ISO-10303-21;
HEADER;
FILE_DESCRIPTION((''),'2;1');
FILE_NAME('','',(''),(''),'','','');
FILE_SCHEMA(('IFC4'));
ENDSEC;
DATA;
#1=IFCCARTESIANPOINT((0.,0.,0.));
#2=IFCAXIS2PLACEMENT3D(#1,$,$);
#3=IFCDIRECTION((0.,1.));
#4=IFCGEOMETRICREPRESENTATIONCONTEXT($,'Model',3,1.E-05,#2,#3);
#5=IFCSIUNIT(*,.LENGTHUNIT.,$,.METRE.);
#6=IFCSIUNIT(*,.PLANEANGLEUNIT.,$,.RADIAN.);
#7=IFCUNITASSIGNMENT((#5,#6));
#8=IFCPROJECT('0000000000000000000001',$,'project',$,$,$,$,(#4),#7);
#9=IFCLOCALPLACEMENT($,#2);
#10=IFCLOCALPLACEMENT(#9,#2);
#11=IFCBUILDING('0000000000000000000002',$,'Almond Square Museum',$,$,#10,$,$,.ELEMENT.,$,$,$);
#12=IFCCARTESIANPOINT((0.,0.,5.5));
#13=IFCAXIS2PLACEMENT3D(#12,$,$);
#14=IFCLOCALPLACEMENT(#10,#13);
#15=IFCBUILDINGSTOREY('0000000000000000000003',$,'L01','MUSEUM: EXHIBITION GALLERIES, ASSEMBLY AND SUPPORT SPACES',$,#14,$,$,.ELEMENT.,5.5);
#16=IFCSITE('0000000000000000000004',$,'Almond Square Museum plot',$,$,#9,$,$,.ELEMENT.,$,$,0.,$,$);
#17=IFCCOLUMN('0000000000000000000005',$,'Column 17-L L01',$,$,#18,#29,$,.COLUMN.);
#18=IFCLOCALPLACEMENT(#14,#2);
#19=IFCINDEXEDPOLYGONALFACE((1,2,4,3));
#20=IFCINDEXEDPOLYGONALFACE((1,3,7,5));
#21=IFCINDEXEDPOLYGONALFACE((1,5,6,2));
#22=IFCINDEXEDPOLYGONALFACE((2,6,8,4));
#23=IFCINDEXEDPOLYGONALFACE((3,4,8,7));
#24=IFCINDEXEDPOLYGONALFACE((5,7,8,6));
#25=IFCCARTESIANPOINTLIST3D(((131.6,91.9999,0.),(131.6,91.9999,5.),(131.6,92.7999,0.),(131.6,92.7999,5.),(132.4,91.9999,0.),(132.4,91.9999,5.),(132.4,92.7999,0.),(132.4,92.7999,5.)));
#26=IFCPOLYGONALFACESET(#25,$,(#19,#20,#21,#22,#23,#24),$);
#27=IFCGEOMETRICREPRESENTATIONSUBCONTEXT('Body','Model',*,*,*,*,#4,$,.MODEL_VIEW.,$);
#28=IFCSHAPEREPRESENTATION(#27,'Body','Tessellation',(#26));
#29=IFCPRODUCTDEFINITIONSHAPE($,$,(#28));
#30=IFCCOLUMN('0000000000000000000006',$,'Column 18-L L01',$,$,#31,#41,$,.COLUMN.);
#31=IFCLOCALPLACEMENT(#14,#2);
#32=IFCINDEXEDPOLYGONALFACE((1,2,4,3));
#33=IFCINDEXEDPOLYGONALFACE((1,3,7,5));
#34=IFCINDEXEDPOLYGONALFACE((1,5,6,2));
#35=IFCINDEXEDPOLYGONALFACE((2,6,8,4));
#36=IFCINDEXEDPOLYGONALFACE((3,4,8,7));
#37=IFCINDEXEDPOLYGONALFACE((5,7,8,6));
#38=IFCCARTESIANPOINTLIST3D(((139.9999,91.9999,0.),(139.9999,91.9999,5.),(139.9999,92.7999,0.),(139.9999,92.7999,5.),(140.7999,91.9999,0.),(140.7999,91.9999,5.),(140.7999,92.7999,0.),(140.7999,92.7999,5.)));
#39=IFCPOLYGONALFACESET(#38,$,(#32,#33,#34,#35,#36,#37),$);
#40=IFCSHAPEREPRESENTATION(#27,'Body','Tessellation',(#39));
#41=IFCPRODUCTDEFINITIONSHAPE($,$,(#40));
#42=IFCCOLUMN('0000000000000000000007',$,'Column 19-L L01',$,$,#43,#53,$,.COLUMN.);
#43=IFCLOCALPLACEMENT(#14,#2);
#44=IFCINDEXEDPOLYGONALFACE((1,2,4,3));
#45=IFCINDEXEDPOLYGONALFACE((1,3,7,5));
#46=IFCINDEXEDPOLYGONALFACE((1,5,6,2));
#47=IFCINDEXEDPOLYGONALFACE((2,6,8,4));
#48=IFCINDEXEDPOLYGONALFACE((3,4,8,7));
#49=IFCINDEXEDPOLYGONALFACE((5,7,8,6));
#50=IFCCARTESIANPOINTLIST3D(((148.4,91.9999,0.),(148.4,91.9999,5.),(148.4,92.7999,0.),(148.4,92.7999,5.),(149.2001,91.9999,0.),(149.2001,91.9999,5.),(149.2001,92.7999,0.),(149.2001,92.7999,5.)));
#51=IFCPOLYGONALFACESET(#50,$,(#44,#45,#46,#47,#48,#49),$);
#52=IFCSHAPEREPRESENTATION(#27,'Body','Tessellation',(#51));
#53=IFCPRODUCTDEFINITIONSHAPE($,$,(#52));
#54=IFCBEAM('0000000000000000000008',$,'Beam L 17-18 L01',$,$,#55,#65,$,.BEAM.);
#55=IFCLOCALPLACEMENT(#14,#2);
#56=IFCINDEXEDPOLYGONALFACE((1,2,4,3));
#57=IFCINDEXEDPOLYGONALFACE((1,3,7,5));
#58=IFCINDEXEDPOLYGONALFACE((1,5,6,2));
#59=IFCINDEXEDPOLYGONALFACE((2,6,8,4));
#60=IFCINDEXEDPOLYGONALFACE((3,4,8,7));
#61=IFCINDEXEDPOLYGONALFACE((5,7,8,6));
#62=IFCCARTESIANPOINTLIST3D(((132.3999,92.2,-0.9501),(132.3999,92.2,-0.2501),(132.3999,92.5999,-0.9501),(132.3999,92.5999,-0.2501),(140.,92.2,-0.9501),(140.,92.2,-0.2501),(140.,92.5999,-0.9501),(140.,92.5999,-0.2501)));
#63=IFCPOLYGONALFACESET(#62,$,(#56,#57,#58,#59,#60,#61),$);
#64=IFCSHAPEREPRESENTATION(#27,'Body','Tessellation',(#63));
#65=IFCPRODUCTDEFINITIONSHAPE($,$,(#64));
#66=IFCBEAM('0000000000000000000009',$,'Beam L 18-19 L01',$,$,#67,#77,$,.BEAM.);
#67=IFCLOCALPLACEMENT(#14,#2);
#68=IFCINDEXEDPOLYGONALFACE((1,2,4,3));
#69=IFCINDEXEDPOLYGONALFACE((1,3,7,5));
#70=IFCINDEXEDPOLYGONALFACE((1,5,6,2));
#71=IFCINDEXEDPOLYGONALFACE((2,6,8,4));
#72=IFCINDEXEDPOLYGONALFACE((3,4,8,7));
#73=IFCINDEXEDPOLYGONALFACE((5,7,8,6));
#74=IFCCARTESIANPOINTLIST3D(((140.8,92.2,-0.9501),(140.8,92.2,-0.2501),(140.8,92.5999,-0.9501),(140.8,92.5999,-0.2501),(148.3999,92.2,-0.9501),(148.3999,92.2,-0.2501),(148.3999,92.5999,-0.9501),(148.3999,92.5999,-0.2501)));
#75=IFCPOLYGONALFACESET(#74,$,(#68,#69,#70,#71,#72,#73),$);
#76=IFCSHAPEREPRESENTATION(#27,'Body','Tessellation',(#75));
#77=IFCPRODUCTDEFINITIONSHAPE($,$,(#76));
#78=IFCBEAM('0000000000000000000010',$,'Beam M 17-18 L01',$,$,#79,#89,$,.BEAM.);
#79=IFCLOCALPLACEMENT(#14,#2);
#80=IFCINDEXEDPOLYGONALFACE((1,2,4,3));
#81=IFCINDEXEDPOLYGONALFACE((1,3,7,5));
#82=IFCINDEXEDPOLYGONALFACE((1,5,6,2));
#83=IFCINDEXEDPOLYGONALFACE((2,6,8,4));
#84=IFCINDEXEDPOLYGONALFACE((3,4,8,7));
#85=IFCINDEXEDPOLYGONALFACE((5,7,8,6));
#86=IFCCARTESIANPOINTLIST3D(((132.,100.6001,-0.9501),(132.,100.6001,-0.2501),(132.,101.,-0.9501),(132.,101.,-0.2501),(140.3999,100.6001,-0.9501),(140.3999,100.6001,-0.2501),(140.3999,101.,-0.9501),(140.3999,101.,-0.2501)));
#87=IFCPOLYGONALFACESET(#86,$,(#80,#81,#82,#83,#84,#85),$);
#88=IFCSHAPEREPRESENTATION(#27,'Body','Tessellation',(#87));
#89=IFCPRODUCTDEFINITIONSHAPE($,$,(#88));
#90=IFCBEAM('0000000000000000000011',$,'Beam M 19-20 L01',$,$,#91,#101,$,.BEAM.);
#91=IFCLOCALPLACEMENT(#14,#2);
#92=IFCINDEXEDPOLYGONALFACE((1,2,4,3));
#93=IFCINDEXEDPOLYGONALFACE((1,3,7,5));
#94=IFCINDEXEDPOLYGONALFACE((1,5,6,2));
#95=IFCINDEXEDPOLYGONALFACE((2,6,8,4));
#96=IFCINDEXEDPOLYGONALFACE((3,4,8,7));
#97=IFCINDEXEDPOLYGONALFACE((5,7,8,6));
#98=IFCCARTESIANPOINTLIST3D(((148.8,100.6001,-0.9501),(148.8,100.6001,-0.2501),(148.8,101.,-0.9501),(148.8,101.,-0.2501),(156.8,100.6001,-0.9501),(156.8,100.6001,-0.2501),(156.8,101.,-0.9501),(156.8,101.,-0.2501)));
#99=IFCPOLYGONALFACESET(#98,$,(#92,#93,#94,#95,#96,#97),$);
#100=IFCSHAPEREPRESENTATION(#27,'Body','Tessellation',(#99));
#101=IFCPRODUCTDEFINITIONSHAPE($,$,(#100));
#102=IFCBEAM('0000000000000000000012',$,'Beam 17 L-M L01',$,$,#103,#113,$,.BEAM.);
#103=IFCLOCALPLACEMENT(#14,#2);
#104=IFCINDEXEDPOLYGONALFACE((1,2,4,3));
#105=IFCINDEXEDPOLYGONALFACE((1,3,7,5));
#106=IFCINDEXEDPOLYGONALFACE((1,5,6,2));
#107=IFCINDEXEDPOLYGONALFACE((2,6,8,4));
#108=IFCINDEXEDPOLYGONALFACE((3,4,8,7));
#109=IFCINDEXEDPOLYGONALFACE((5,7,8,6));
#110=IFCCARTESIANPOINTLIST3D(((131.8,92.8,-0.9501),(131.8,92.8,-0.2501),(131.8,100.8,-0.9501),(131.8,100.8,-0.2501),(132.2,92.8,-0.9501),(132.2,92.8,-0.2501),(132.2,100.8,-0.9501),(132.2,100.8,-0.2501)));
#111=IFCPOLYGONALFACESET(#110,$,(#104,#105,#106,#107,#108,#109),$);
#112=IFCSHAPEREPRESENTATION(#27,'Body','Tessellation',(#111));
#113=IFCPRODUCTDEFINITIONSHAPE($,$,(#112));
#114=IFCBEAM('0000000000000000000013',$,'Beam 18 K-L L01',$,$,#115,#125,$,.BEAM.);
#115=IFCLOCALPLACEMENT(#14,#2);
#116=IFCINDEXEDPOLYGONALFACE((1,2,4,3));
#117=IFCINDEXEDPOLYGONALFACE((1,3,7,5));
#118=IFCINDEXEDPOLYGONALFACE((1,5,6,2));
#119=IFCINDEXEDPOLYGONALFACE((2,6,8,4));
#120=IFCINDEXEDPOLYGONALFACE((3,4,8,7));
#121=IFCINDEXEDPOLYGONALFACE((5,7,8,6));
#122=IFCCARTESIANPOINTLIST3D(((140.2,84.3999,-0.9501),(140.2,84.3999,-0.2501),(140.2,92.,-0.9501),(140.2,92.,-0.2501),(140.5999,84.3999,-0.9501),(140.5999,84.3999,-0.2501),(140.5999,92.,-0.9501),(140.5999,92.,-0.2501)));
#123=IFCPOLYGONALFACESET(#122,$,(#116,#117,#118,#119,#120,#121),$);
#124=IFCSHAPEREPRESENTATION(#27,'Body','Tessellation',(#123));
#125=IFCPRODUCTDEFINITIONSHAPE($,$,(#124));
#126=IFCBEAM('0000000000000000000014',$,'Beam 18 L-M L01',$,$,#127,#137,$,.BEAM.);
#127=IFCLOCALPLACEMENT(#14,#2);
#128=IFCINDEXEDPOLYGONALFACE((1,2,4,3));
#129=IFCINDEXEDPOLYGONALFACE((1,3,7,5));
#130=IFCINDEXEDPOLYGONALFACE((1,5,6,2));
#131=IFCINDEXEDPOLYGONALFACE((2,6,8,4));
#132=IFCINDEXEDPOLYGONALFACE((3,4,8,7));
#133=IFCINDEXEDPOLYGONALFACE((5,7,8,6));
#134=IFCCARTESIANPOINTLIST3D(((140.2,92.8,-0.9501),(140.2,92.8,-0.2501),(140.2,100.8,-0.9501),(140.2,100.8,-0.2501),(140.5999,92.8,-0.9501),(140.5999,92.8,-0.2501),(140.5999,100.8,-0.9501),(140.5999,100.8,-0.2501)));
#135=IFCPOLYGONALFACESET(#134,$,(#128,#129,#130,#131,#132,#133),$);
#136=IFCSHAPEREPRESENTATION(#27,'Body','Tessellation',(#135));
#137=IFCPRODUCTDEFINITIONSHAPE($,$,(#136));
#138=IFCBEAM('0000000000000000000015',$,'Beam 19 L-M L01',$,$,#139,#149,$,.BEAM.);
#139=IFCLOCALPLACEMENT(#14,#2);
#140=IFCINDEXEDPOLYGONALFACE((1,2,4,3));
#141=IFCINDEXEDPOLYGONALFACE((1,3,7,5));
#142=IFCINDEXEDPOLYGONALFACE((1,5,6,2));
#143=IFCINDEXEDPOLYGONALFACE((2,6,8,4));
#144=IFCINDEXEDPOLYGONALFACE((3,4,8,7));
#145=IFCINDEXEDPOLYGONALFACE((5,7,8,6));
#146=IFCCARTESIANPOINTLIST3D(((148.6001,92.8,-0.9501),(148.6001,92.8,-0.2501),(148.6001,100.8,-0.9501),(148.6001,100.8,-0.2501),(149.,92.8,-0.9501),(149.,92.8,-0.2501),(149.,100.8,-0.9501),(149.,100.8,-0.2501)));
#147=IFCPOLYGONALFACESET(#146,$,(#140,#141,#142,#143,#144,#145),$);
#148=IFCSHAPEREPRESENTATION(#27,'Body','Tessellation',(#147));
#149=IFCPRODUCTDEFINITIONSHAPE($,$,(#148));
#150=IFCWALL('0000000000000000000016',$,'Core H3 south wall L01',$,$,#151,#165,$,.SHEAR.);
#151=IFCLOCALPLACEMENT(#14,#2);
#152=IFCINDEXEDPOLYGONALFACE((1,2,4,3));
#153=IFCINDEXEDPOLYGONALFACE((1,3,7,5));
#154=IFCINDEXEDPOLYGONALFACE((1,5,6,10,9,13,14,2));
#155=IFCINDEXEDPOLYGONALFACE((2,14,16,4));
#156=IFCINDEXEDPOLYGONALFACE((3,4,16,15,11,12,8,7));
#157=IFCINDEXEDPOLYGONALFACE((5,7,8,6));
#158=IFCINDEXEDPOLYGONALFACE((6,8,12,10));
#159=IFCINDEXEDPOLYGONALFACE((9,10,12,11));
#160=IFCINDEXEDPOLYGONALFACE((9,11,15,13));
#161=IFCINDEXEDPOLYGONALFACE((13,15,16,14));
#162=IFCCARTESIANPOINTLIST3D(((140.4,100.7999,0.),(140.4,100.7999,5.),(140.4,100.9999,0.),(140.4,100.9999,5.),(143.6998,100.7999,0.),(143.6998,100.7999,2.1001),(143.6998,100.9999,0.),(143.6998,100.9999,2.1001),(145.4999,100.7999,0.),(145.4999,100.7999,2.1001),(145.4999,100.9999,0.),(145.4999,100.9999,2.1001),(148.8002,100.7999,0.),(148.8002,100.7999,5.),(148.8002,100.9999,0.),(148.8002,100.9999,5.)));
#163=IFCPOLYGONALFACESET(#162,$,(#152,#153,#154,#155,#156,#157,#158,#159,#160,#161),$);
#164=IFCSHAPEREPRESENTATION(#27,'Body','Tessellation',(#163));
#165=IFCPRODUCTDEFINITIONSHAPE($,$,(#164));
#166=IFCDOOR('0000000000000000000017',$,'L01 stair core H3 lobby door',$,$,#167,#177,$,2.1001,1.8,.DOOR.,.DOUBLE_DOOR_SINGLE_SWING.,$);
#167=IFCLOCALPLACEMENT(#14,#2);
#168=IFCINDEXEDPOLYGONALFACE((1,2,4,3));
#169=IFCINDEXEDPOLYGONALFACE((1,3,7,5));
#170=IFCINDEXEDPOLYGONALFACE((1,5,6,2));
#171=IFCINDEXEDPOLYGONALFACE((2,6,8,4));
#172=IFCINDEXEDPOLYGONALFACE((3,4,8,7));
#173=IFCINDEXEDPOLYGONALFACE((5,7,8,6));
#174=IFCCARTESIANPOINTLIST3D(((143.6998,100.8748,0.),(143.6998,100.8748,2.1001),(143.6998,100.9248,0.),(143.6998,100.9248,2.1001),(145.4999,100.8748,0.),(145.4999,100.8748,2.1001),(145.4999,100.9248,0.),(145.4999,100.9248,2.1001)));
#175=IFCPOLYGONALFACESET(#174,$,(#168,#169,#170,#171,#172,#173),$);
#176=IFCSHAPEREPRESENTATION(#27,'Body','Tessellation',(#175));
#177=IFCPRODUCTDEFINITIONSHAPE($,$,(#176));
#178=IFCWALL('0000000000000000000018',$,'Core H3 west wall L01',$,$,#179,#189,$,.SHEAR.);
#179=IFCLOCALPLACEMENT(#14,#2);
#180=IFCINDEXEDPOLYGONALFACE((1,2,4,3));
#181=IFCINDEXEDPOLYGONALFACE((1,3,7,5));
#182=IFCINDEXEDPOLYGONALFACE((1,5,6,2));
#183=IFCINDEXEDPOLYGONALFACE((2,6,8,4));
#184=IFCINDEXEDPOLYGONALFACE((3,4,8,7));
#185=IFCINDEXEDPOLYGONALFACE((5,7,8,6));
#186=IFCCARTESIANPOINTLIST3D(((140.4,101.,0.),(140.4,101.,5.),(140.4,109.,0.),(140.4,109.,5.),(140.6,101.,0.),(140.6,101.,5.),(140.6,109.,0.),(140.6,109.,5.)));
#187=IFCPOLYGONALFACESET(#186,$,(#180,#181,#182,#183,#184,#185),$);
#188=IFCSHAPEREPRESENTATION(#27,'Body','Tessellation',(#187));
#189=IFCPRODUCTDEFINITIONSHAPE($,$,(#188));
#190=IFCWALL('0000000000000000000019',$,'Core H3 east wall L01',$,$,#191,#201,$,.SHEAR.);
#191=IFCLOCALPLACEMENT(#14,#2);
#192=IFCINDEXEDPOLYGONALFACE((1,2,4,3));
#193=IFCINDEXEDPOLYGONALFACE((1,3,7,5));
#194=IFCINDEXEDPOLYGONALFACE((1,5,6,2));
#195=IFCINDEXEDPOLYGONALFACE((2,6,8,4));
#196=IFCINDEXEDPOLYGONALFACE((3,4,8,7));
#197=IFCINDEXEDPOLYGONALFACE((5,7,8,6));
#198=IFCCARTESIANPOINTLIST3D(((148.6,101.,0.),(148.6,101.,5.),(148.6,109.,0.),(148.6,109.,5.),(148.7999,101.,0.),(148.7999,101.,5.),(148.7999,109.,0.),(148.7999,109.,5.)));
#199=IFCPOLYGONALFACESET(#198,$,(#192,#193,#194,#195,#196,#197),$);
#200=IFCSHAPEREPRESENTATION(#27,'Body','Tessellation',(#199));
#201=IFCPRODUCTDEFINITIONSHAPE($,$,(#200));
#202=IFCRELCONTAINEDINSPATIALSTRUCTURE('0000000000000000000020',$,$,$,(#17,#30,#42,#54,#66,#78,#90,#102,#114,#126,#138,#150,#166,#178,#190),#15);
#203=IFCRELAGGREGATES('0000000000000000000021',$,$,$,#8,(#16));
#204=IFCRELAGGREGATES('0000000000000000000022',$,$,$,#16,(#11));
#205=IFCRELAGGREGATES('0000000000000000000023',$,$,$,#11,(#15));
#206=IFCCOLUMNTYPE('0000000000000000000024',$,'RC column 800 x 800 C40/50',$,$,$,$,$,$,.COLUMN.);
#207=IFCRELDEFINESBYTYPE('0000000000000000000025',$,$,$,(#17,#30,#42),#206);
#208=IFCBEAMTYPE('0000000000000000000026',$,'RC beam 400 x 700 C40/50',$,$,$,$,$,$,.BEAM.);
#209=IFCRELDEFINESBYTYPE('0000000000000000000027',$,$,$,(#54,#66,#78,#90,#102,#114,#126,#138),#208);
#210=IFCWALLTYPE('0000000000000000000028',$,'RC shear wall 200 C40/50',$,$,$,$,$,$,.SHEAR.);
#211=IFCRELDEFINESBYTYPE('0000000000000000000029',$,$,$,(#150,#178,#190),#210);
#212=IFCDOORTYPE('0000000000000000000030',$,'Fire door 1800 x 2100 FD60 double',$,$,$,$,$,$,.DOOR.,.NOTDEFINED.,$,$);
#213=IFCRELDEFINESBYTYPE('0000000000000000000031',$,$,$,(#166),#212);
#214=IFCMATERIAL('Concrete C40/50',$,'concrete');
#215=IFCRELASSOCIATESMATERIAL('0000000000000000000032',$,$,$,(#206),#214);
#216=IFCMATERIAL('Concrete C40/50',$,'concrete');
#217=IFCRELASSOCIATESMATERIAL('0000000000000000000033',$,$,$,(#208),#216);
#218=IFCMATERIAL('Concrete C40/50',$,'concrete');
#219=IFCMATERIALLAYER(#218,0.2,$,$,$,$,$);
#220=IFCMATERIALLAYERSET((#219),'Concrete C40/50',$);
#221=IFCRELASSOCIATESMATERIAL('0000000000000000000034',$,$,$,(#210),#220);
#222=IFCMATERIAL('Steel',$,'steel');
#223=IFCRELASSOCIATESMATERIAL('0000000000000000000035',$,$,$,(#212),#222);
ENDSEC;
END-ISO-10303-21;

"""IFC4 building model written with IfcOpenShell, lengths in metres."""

from ifc_helpers import new_model, si_unit, direction, frame, frame_2d, origin, origin_2d, place, context, subcontext, project, spatial, rectangle, extrude, material, layer, layer_set, material_profile, profile_set, type_object, element, fill, save


model = new_model("IFC4")

# Units and contexts
model_context = context("Model", 3, precision=1e-05, world=origin(), true_north=direction((0.0, 1.0)))
body_context = subcontext(model_context, "Body", "Model", "MODEL_VIEW")
ifc_project = project(units=[si_unit("LENGTHUNIT", "METRE"), si_unit("PLANEANGLEUNIT", "RADIAN")], contexts=[model_context])

# Site, building, storey
site_placement = place(None, origin())
site = spatial("IfcSite", under=ifc_project, at=site_placement, Name="Almond Square Museum plot", CompositionType="ELEMENT", RefElevation=0.0)
building_placement = place(site_placement, origin())
building = spatial("IfcBuilding", under=site, at=building_placement, Name="Almond Square Museum", CompositionType="ELEMENT")
storey_placement = place(building_placement, frame((0.0, 0.0, 5.5)))
storey = spatial("IfcBuildingStorey", under=building, at=storey_placement, Name="L01", Description="MUSEUM: EXHIBITION GALLERIES, ASSEMBLY AND SUPPORT SPACES", CompositionType="ELEMENT", Elevation=5.5)

# Columns
ifc_material_1 = material(Name="Concrete C40/50", Category="concrete")
ifc_material_profile_1 = material_profile(ifc_material_1, rectangle(XDim=0.8, YDim=0.8, at=origin_2d()))
ifc_profile_set_1 = profile_set([ifc_material_profile_1], Name="Concrete C40/50")
column_type = type_object("IfcColumnType", Name="RC column 800 x 800 C40/50", PredefinedType="COLUMN", material=ifc_profile_set_1)
for number, where, z_axis, x_axis, name in (
    (1, (132.0, 92.3999, 0.0), (0.0, 0.0, 1.0), (1.0, 0.0, 0.0), "Column 17-L L01"),
    (2, (140.3999, 92.3999, 0.0), (0.0, 0.0, 1.0), (1.0, 0.0, 0.0), "Column 18-L L01"),
    (3, (148.8, 92.3999, 0.0), (0.0, 0.0, 1.0), (1.0, 0.0, 0.0), "Column 19-L L01"),
):
    element("IfcColumn", number, at=place(storey_placement, frame(where, z_axis=z_axis, x_axis=x_axis)), inside=storey, type_object=column_type, Name=name, PredefinedType="COLUMN", context=body_context, shape_type="SweptSolid", body=[
        extrude(rectangle(XDim=0.8, YDim=0.8, at=origin_2d()), origin(), (0.0, 0.0, 1.0), 5.0),
    ])

# Beams
ifc_material_2 = material(Name="Concrete C40/50", Category="concrete")
ifc_material_profile_2 = material_profile(ifc_material_2, rectangle(XDim=0.3999, YDim=0.7, at=origin_2d()))
ifc_profile_set_2 = profile_set([ifc_material_profile_2], Name="Concrete C40/50")
beam_type = type_object("IfcBeamType", Name="RC beam 400 x 700 C40/50", PredefinedType="BEAM", material=ifc_profile_set_2)
beam_1_placement = place(storey_placement, frame((132.3999, 92.3999, -0.6001), z_axis=(1.0, 0.0, 0.0), x_axis=(0.0, 1.0, 0.0)))
element("IfcBeam", 4, at=beam_1_placement, inside=storey, type_object=beam_type, Name="Beam L 17-18 L01", PredefinedType="BEAM", context=body_context, shape_type="SweptSolid", body=[
    extrude(rectangle(XDim=0.3999, YDim=0.7, at=origin_2d()), origin(), (0.0, 0.0, 1.0), 7.6001),
])
beam_2_placement = place(storey_placement, frame((140.8, 92.3999, -0.6001), z_axis=(1.0, 0.0, 0.0), x_axis=(0.0, 1.0, 0.0)))
element("IfcBeam", 5, at=beam_2_placement, inside=storey, type_object=beam_type, Name="Beam L 18-19 L01", PredefinedType="BEAM", context=body_context, shape_type="SweptSolid", body=[
    extrude(rectangle(XDim=0.3999, YDim=0.7, at=origin_2d()), origin(), (0.0, 0.0, 1.0), 7.5999),
])
beam_3_placement = place(storey_placement, frame((132.0, 100.8, -0.6001), z_axis=(1.0, 0.0, 0.0), x_axis=(0.0, 1.0, 0.0)))
element("IfcBeam", 6, at=beam_3_placement, inside=storey, type_object=beam_type, Name="Beam M 17-18 L01", PredefinedType="BEAM", context=body_context, shape_type="SweptSolid", body=[
    extrude(rectangle(XDim=0.3999, YDim=0.7, at=origin_2d()), origin(), (0.0, 0.0, 1.0), 8.3999),
])
for number, where, z_axis, x_axis, name in (
    (7, (148.8, 100.8, -0.6001), (1.0, 0.0, 0.0), (0.0, 1.0, 0.0), "Beam M 19-20 L01"),
    (8, (132.0, 92.8, -0.6001), (0.0, 1.0, 0.0), (-1.0, 0.0, 0.0), "Beam 17 L-M L01"),
):
    element("IfcBeam", number, at=place(storey_placement, frame(where, z_axis=z_axis, x_axis=x_axis)), inside=storey, type_object=beam_type, Name=name, PredefinedType="BEAM", context=body_context, shape_type="SweptSolid", body=[
        extrude(rectangle(XDim=0.3999, YDim=0.7, at=origin_2d()), origin(), (0.0, 0.0, 1.0), 8.0),
    ])
beam_4_placement = place(storey_placement, frame((140.3999, 84.3999, -0.6001), z_axis=(0.0, 1.0, 0.0), x_axis=(-1.0, 0.0, 0.0)))
element("IfcBeam", 9, at=beam_4_placement, inside=storey, type_object=beam_type, Name="Beam 18 K-L L01", PredefinedType="BEAM", context=body_context, shape_type="SweptSolid", body=[
    extrude(rectangle(XDim=0.3999, YDim=0.7, at=origin_2d()), origin(), (0.0, 0.0, 1.0), 7.6001),
])
for number, where, z_axis, x_axis, name in (
    (10, (140.3999, 92.8, -0.6001), (0.0, 1.0, 0.0), (-1.0, 0.0, 0.0), "Beam 18 L-M L01"),
    (11, (148.8, 92.8, -0.6001), (0.0, 1.0, 0.0), (-1.0, 0.0, 0.0), "Beam 19 L-M L01"),
):
    element("IfcBeam", number, at=place(storey_placement, frame(where, z_axis=z_axis, x_axis=x_axis)), inside=storey, type_object=beam_type, Name=name, PredefinedType="BEAM", context=body_context, shape_type="SweptSolid", body=[
        extrude(rectangle(XDim=0.3999, YDim=0.7, at=origin_2d()), origin(), (0.0, 0.0, 1.0), 8.0),
    ])

# Wall, opening, door
ifc_material_3 = material(Name="Concrete C40/50", Category="concrete")
ifc_layer_1 = layer(ifc_material_3, 0.2)
ifc_layer_set_1 = layer_set([ifc_layer_1], Name="Concrete C40/50")
wall_type_1 = type_object("IfcWallType", Name="RC shear wall 200 C40/50", PredefinedType="SHEAR", material=ifc_layer_set_1)
wall_1_placement = place(storey_placement, frame((140.3999, 100.8999, 0.0), z_axis=(0.0, 0.0, 1.0), x_axis=(1.0, 0.0, 0.0)))
wall_1 = element("IfcWall", 12, at=wall_1_placement, inside=storey, type_object=wall_type_1, Name="Core H3 south wall L01", PredefinedType="SHEAR", context=body_context, shape_type="SweptSolid", body=[
    extrude(rectangle(XDim=8.4001, YDim=0.2, at=frame_2d((4.2002, 0.0))), origin(), (0.0, 0.0, 1.0), 5.0),
])
opening_1_placement = place(wall_1_placement, frame((3.3, 0.0, 0.0)))
opening_1 = element("IfcOpeningElement", 13, at=opening_1_placement, cuts=wall_1, PredefinedType="OPENING", context=body_context, shape_type="SweptSolid", body=[
    extrude(rectangle(XDim=1.8, YDim=2.1001, at=frame_2d((0.8999, 1.05))), frame((0.0, 0.1099, 0.0), z_axis=(0.0, -1.0, 0.0), x_axis=(1.0, 0.0, 0.0)), (0.0, 0.0, 1.0), 0.22),
])
ifc_material_4 = material(Name="Steel", Category="steel")
door_type_1 = type_object("IfcDoorType", Name="Fire door 1800 x 2100 FD60 double", OperationType="NOTDEFINED", PredefinedType="DOOR", material=ifc_material_4)
door_1_placement = place(opening_1_placement, origin())
door_1 = element("IfcDoor", 14, at=door_1_placement, inside=storey, type_object=door_type_1, Name="L01 stair core H3 lobby door", OperationType="DOUBLE_DOOR_SINGLE_SWING", OverallHeight=2.1001, OverallWidth=1.8, PredefinedType="DOOR", context=body_context, shape_type="SweptSolid", body=[
    extrude(rectangle(XDim=1.8, YDim=2.1001, at=frame_2d((0.8999, 1.05))), frame((0.0, 0.0249, 0.0), z_axis=(0.0, -1.0, 0.0), x_axis=(1.0, 0.0, 0.0)), (0.0, 0.0, 1.0), 0.05),
])
fill(opening_1, door_1)

# Walls
for number, where, z_axis, x_axis, name in (
    (15, (140.5, 101.0, 0.0), (0.0, 0.0, 1.0), (0.0, 1.0, 0.0), "Core H3 west wall L01"),
    (16, (148.7, 101.0, 0.0), (0.0, 0.0, 1.0), (0.0, 1.0, 0.0), "Core H3 east wall L01"),
):
    element("IfcWall", number, at=place(storey_placement, frame(where, z_axis=z_axis, x_axis=x_axis)), inside=storey, type_object=wall_type_1, Name=name, PredefinedType="SHEAR", context=body_context, shape_type="SweptSolid", body=[
        extrude(rectangle(XDim=8.0, YDim=0.2, at=frame_2d((4.0, 0.0))), origin(), (0.0, 0.0, 1.0), 5.0),
    ])

save(model, "model.ifc")
